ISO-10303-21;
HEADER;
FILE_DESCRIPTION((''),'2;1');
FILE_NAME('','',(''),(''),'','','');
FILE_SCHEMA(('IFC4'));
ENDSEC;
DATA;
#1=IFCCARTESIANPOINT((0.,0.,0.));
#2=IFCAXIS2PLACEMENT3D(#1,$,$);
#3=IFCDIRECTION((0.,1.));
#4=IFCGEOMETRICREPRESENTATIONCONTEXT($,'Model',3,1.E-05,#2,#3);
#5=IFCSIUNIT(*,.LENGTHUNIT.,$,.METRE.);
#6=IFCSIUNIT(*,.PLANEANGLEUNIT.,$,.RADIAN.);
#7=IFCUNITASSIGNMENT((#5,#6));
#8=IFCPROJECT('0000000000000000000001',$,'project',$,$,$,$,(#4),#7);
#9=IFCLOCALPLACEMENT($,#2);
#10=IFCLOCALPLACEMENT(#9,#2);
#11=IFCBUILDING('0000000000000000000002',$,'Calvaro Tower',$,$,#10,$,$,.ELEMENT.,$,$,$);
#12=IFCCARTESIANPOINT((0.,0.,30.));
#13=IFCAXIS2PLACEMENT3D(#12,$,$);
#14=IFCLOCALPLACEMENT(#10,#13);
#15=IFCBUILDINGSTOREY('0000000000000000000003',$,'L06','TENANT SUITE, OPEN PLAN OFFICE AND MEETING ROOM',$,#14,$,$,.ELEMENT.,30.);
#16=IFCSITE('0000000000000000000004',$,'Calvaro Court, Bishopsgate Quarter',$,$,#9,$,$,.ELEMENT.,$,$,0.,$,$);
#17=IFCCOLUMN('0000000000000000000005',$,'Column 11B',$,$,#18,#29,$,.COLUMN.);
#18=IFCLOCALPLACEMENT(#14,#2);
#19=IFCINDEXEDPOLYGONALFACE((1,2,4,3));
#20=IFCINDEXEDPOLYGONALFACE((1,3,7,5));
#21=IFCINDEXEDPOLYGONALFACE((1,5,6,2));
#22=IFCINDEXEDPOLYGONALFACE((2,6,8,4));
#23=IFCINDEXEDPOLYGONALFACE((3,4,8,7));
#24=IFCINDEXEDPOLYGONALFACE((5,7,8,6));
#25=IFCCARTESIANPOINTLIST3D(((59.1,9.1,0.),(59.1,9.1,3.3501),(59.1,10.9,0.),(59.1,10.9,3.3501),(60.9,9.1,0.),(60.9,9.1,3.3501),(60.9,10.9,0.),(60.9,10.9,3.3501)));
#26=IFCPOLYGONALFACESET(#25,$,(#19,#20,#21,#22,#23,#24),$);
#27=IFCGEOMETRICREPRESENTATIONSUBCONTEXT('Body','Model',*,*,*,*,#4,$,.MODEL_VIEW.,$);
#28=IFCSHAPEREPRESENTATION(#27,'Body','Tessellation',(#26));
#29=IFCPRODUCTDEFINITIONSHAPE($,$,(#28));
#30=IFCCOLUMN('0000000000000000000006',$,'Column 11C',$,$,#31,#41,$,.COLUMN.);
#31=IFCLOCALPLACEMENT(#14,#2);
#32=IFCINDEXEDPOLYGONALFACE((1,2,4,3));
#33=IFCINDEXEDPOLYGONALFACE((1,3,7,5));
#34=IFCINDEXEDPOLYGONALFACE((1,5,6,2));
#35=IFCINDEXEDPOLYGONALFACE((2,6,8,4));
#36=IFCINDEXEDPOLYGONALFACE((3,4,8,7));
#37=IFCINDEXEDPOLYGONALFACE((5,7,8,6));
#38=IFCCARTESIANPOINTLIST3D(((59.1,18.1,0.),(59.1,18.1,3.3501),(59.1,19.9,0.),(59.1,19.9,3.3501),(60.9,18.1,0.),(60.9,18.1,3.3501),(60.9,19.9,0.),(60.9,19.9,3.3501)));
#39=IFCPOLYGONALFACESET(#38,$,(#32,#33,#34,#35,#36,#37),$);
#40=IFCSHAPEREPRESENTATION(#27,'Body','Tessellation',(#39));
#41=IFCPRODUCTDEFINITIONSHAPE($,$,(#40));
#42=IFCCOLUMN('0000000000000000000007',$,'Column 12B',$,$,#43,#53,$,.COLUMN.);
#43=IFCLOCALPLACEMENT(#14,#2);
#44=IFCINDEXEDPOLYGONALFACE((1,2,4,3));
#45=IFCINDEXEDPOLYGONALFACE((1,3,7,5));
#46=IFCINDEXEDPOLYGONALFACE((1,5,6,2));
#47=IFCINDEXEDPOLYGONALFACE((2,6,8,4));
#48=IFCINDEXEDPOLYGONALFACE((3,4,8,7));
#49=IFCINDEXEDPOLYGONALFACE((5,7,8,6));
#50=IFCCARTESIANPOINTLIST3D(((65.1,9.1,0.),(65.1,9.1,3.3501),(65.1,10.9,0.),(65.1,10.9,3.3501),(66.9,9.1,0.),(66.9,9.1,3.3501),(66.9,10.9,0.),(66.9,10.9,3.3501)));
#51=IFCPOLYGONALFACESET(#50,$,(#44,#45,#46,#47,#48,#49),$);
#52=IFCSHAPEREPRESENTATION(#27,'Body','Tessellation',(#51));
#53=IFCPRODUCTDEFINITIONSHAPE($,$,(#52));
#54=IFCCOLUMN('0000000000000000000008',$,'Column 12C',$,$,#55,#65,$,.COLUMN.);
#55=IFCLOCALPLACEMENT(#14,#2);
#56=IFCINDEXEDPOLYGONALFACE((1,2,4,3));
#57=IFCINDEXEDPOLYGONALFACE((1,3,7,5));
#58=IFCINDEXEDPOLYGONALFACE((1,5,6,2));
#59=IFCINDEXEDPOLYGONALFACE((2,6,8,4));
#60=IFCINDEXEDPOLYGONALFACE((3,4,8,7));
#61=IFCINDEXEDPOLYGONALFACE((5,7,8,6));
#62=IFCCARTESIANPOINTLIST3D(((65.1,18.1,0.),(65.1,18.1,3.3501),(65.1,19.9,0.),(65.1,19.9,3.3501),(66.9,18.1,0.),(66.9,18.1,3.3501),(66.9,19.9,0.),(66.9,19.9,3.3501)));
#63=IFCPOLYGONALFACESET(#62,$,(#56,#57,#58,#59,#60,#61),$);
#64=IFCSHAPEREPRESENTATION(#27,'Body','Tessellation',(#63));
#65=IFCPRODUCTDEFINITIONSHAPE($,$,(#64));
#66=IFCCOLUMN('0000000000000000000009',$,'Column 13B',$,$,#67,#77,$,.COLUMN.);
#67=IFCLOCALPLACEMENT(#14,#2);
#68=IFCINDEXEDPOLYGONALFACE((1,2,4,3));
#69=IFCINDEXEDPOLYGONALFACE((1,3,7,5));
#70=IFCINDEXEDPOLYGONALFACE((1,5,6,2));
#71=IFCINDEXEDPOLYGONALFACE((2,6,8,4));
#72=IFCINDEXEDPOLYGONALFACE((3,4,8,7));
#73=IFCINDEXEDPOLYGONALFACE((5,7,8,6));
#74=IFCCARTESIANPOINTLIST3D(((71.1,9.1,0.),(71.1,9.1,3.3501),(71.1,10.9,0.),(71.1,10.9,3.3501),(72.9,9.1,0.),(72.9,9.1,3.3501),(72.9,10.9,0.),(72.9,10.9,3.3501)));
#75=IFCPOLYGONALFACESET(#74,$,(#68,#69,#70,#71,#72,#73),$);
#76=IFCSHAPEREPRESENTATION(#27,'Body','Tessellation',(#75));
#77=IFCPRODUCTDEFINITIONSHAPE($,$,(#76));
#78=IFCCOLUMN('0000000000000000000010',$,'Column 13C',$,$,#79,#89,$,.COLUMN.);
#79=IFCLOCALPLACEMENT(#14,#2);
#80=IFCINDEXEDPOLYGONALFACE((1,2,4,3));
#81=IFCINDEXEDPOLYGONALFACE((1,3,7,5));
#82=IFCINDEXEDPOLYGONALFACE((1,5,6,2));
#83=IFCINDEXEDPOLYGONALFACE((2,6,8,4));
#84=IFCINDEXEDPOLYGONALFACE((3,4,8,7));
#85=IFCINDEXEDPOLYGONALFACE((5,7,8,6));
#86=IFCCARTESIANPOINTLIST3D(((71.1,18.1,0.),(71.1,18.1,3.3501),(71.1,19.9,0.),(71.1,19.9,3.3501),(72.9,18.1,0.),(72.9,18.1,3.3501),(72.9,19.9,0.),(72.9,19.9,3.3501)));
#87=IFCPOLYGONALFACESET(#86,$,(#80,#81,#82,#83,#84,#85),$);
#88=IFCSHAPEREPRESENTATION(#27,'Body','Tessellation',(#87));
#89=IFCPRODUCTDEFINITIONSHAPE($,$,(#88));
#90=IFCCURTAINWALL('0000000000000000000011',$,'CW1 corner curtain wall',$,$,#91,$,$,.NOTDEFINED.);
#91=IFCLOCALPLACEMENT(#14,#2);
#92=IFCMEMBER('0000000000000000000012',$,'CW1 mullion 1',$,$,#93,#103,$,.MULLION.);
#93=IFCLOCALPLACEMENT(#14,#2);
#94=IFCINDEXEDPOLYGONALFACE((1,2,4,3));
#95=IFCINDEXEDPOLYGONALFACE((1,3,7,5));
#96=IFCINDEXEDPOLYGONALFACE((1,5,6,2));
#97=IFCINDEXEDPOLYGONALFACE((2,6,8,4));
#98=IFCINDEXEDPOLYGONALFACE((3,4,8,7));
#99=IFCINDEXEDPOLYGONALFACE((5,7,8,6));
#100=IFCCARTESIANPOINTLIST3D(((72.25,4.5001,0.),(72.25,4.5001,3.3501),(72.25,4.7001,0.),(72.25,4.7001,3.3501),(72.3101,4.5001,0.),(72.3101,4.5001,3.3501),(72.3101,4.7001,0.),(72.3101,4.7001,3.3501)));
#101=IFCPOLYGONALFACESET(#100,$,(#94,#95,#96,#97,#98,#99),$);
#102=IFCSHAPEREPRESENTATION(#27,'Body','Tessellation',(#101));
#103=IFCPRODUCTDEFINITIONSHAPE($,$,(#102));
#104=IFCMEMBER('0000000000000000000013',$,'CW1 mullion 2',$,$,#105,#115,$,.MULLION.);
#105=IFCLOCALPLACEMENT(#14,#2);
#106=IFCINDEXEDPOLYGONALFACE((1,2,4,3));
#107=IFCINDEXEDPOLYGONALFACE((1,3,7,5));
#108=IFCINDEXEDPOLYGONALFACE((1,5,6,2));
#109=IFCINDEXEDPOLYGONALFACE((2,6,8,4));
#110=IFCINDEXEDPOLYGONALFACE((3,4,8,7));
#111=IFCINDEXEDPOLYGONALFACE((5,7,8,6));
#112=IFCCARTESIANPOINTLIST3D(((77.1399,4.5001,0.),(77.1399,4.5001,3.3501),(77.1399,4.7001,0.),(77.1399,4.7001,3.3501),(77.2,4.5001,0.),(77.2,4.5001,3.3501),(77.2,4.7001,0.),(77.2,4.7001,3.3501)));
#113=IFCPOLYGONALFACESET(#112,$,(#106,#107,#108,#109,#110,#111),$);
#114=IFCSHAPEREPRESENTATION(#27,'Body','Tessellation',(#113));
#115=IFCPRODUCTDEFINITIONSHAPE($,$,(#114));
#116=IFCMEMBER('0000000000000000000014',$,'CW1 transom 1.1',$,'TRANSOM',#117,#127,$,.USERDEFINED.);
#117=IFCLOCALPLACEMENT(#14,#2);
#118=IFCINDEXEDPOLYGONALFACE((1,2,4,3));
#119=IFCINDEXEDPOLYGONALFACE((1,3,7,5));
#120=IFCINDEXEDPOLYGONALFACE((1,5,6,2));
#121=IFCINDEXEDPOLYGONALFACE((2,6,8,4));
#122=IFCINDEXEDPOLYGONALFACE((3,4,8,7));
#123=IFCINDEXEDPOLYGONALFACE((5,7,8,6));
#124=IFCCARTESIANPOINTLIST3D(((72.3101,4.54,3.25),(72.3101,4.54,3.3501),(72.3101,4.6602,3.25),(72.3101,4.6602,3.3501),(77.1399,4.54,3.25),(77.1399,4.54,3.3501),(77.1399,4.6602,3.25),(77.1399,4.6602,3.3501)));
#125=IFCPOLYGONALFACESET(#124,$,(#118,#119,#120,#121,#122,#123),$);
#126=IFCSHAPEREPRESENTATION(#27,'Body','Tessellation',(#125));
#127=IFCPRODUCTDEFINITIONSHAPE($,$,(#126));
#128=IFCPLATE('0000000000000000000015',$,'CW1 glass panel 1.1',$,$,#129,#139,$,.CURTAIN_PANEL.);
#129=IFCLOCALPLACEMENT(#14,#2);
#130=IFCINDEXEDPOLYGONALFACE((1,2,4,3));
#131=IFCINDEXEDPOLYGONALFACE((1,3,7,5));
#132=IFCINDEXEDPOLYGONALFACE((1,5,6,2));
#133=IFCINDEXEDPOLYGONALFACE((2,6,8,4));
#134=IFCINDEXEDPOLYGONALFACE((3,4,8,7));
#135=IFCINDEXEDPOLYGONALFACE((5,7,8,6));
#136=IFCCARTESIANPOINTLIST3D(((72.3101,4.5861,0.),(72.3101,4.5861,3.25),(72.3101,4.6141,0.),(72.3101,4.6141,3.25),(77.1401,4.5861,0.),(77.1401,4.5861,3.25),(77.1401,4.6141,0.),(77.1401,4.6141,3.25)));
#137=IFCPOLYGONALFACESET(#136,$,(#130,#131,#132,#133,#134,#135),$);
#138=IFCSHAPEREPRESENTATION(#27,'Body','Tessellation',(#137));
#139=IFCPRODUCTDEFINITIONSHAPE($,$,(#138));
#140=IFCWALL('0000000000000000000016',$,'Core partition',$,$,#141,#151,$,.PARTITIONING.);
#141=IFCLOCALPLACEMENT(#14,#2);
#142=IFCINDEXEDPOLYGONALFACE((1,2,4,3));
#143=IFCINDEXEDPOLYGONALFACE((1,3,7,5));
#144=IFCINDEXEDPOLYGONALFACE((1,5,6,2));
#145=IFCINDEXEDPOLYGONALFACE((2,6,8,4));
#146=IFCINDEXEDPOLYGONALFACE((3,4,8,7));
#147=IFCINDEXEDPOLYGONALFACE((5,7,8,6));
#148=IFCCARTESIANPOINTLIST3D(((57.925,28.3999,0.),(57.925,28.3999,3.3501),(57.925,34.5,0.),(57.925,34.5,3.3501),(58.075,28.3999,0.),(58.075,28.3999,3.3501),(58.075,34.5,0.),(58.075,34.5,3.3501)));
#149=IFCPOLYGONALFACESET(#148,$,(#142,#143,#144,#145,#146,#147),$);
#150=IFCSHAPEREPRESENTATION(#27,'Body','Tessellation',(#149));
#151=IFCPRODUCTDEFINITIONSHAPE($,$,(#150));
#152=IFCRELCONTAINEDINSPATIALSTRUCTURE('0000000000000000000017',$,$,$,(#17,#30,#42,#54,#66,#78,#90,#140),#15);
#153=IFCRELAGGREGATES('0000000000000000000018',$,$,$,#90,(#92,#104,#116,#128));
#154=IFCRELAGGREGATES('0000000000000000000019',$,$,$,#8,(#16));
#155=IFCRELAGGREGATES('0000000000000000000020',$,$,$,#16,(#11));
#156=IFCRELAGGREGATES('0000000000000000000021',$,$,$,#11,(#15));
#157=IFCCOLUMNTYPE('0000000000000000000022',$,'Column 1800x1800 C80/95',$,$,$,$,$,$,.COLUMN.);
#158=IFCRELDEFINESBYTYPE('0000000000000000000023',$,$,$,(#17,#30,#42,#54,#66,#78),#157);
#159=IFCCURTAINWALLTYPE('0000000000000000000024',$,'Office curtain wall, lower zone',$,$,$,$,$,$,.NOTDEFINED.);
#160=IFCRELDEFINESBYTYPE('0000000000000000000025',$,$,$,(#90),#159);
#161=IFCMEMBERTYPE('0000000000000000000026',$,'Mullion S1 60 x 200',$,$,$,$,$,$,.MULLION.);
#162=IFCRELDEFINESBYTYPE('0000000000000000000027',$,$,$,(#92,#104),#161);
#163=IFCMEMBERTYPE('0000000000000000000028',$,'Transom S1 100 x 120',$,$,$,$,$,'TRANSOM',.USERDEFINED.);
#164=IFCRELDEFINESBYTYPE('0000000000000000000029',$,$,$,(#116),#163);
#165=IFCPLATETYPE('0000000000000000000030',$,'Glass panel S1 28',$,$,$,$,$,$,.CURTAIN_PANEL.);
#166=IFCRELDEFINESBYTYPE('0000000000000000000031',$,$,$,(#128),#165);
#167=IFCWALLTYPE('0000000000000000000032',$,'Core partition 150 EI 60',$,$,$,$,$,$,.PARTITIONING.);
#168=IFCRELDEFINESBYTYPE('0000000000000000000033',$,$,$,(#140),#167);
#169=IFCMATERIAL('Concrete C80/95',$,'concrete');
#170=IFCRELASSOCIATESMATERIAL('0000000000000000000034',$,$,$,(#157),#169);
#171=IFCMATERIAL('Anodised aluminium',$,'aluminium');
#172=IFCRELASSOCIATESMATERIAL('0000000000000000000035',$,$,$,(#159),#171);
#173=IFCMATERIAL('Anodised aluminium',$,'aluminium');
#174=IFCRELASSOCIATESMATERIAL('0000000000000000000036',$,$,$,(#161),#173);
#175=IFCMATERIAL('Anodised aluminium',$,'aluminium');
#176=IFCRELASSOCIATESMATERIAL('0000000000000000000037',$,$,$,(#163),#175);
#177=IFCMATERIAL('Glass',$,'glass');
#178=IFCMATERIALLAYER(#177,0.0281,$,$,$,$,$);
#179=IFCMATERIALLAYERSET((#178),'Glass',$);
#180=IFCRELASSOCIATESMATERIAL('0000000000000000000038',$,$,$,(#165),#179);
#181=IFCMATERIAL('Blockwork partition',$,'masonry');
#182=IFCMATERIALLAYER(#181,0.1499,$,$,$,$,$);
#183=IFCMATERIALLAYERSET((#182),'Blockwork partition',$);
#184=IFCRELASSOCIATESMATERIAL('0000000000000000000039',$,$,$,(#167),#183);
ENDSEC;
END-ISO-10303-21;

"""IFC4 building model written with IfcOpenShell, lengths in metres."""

from ifc_helpers import new_model, si_unit, direction, frame, frame_2d, origin, origin_2d, place, context, subcontext, project, spatial, rectangle, extrude, material, layer, layer_set, material_profile, profile_set, type_object, element, aggregate, save


model = new_model("IFC4")

# Units and contexts
model_context = context("Model", 3, precision=1e-05, world=origin(), true_north=direction((0.0, 1.0)))
body_context = subcontext(model_context, "Body", "Model", "MODEL_VIEW")
ifc_project = project(units=[si_unit("LENGTHUNIT", "METRE"), si_unit("PLANEANGLEUNIT", "RADIAN")], contexts=[model_context])

# Site, building, storey
site_placement = place(None, origin())
site = spatial("IfcSite", under=ifc_project, at=site_placement, Name="Calvaro Court, Bishopsgate Quarter", CompositionType="ELEMENT", RefElevation=0.0)
building_placement = place(site_placement, origin())
building = spatial("IfcBuilding", under=site, at=building_placement, Name="Calvaro Tower", CompositionType="ELEMENT")
storey_placement = place(building_placement, frame((0.0, 0.0, 30.0)))
storey = spatial("IfcBuildingStorey", under=building, at=storey_placement, Name="L06", Description="TENANT SUITE, OPEN PLAN OFFICE AND MEETING ROOM", CompositionType="ELEMENT", Elevation=30.0)

# Columns
ifc_material_1 = material(Name="Concrete C80/95", Category="concrete")
ifc_material_profile_1 = material_profile(ifc_material_1, rectangle(XDim=1.8, YDim=1.8, at=origin_2d()), Name="RC 1800x1800")
ifc_profile_set_1 = profile_set([ifc_material_profile_1], Name="Concrete C80/95")
column_type = type_object("IfcColumnType", Name="Column 1800x1800 C80/95", PredefinedType="COLUMN", material=ifc_profile_set_1)
for number, where, z_axis, x_axis, name in (
    (1, (60.0, 10.0, 0.0), (0.0, 0.0, 1.0), (1.0, 0.0, 0.0), "Column 11B"),
    (2, (60.0, 19.0, 0.0), (0.0, 0.0, 1.0), (1.0, 0.0, 0.0), "Column 11C"),
    (3, (66.0, 10.0, 0.0), (0.0, 0.0, 1.0), (1.0, 0.0, 0.0), "Column 12B"),
    (4, (66.0, 19.0, 0.0), (0.0, 0.0, 1.0), (1.0, 0.0, 0.0), "Column 12C"),
    (5, (72.0, 10.0, 0.0), (0.0, 0.0, 1.0), (1.0, 0.0, 0.0), "Column 13B"),
    (6, (72.0, 19.0, 0.0), (0.0, 0.0, 1.0), (1.0, 0.0, 0.0), "Column 13C"),
):
    element("IfcColumn", number, at=place(storey_placement, frame(where, z_axis=z_axis, x_axis=x_axis)), inside=storey, type_object=column_type, Name=name, PredefinedType="COLUMN", context=body_context, shape_type="SweptSolid", body=[
        extrude(rectangle(XDim=1.8, YDim=1.8, at=origin_2d()), origin(), (0.0, 0.0, 1.0), 3.3501),
    ])

# Curtain wall, members, plate
ifc_material_2 = material(Name="Anodised aluminium", Category="aluminium")
curtain_wall_type = type_object("IfcCurtainWallType", Name="Office curtain wall, lower zone", PredefinedType="NOTDEFINED", material=ifc_material_2)
curtain_wall_placement = place(storey_placement, origin())
curtain_wall = element("IfcCurtainWall", 7, at=curtain_wall_placement, inside=storey, type_object=curtain_wall_type, Name="CW1 corner curtain wall", PredefinedType="NOTDEFINED")
ifc_material_3 = material(Name="Anodised aluminium", Category="aluminium")
ifc_material_profile_2 = material_profile(ifc_material_3, rectangle(XDim=0.2, YDim=0.0601, at=origin_2d()), Name="Mullion S1 60 x 200")
ifc_profile_set_2 = profile_set([ifc_material_profile_2], Name="Anodised aluminium")
member_type_1 = type_object("IfcMemberType", Name="Mullion S1 60 x 200", PredefinedType="MULLION", material=ifc_profile_set_2)
member_1_placement = place(storey_placement, frame((72.28, 4.6001, 0.0), z_axis=(0.0, 0.0, 1.0), x_axis=(0.0, 1.0, 0.0)))
member_1 = element("IfcMember", 8, at=member_1_placement, type_object=member_type_1, Name="CW1 mullion 1", PredefinedType="MULLION", context=body_context, shape_type="SweptSolid", body=[
    extrude(rectangle(XDim=0.2, YDim=0.0601, at=origin_2d()), origin(), (0.0, 0.0, 1.0), 3.3501),
])
member_2_placement = place(storey_placement, frame((77.1699, 4.6001, 0.0), z_axis=(0.0, 0.0, 1.0), x_axis=(0.0, 1.0, 0.0)))
member_2 = element("IfcMember", 9, at=member_2_placement, type_object=member_type_1, Name="CW1 mullion 2", PredefinedType="MULLION", context=body_context, shape_type="SweptSolid", body=[
    extrude(rectangle(XDim=0.2, YDim=0.0601, at=origin_2d()), origin(), (0.0, 0.0, 1.0), 3.3501),
])
ifc_material_4 = material(Name="Anodised aluminium", Category="aluminium")
ifc_material_profile_3 = material_profile(ifc_material_4, rectangle(XDim=0.1201, YDim=0.1001, at=origin_2d()), Name="Transom S1 100 x 120")
ifc_profile_set_3 = profile_set([ifc_material_profile_3], Name="Anodised aluminium")
member_type_2 = type_object("IfcMemberType", Name="Transom S1 100 x 120", ElementType="TRANSOM", PredefinedType="USERDEFINED", material=ifc_profile_set_3)
member_3_placement = place(storey_placement, frame((72.3101, 4.6001, 3.3), z_axis=(1.0, 0.0, 0.0), x_axis=(0.0, 1.0, 0.0)))
member_3 = element("IfcMember", 10, at=member_3_placement, type_object=member_type_2, Name="CW1 transom 1.1", ObjectType="TRANSOM", PredefinedType="USERDEFINED", context=body_context, shape_type="SweptSolid", body=[
    extrude(rectangle(XDim=0.1201, YDim=0.1001, at=origin_2d()), origin(), (0.0, 0.0, 1.0), 4.8298),
])
ifc_material_5 = material(Name="Glass", Category="glass")
ifc_layer_1 = layer(ifc_material_5, 0.0281)
ifc_layer_set_1 = layer_set([ifc_layer_1], Name="Glass")
plate_type = type_object("IfcPlateType", Name="Glass panel S1 28", PredefinedType="CURTAIN_PANEL", material=ifc_layer_set_1)
plate_placement = place(storey_placement, frame((74.7251, 4.6001, 0.0), z_axis=(0.0, 0.0, 1.0), x_axis=(1.0, 0.0, 0.0)))
plate = element("IfcPlate", 11, at=plate_placement, type_object=plate_type, Name="CW1 glass panel 1.1", PredefinedType="CURTAIN_PANEL", context=body_context, shape_type="SweptSolid", body=[
    extrude(rectangle(XDim=4.8301, YDim=0.0281, at=origin_2d()), origin(), (0.0, 0.0, 1.0), 3.25),
])
aggregate(curtain_wall, [member_1, member_2, member_3, plate])

# Wall
ifc_material_6 = material(Name="Blockwork partition", Category="masonry")
ifc_layer_2 = layer(ifc_material_6, 0.1499)
ifc_layer_set_2 = layer_set([ifc_layer_2], Name="Blockwork partition")
wall_type_1 = type_object("IfcWallType", Name="Core partition 150 EI 60", PredefinedType="PARTITIONING", material=ifc_layer_set_2)
wall_1_placement = place(storey_placement, frame((58.0, 28.3999, 0.0), z_axis=(0.0, 0.0, 1.0), x_axis=(0.0, 1.0, 0.0)))
element("IfcWall", 12, at=wall_1_placement, inside=storey, type_object=wall_type_1, Name="Core partition", PredefinedType="PARTITIONING", context=body_context, shape_type="SweptSolid", body=[
    extrude(rectangle(XDim=6.1001, YDim=0.1499, at=frame_2d((3.05, 0.0))), origin(), (0.0, 0.0, 1.0), 3.3501),
])

save(model, "model.ifc")
